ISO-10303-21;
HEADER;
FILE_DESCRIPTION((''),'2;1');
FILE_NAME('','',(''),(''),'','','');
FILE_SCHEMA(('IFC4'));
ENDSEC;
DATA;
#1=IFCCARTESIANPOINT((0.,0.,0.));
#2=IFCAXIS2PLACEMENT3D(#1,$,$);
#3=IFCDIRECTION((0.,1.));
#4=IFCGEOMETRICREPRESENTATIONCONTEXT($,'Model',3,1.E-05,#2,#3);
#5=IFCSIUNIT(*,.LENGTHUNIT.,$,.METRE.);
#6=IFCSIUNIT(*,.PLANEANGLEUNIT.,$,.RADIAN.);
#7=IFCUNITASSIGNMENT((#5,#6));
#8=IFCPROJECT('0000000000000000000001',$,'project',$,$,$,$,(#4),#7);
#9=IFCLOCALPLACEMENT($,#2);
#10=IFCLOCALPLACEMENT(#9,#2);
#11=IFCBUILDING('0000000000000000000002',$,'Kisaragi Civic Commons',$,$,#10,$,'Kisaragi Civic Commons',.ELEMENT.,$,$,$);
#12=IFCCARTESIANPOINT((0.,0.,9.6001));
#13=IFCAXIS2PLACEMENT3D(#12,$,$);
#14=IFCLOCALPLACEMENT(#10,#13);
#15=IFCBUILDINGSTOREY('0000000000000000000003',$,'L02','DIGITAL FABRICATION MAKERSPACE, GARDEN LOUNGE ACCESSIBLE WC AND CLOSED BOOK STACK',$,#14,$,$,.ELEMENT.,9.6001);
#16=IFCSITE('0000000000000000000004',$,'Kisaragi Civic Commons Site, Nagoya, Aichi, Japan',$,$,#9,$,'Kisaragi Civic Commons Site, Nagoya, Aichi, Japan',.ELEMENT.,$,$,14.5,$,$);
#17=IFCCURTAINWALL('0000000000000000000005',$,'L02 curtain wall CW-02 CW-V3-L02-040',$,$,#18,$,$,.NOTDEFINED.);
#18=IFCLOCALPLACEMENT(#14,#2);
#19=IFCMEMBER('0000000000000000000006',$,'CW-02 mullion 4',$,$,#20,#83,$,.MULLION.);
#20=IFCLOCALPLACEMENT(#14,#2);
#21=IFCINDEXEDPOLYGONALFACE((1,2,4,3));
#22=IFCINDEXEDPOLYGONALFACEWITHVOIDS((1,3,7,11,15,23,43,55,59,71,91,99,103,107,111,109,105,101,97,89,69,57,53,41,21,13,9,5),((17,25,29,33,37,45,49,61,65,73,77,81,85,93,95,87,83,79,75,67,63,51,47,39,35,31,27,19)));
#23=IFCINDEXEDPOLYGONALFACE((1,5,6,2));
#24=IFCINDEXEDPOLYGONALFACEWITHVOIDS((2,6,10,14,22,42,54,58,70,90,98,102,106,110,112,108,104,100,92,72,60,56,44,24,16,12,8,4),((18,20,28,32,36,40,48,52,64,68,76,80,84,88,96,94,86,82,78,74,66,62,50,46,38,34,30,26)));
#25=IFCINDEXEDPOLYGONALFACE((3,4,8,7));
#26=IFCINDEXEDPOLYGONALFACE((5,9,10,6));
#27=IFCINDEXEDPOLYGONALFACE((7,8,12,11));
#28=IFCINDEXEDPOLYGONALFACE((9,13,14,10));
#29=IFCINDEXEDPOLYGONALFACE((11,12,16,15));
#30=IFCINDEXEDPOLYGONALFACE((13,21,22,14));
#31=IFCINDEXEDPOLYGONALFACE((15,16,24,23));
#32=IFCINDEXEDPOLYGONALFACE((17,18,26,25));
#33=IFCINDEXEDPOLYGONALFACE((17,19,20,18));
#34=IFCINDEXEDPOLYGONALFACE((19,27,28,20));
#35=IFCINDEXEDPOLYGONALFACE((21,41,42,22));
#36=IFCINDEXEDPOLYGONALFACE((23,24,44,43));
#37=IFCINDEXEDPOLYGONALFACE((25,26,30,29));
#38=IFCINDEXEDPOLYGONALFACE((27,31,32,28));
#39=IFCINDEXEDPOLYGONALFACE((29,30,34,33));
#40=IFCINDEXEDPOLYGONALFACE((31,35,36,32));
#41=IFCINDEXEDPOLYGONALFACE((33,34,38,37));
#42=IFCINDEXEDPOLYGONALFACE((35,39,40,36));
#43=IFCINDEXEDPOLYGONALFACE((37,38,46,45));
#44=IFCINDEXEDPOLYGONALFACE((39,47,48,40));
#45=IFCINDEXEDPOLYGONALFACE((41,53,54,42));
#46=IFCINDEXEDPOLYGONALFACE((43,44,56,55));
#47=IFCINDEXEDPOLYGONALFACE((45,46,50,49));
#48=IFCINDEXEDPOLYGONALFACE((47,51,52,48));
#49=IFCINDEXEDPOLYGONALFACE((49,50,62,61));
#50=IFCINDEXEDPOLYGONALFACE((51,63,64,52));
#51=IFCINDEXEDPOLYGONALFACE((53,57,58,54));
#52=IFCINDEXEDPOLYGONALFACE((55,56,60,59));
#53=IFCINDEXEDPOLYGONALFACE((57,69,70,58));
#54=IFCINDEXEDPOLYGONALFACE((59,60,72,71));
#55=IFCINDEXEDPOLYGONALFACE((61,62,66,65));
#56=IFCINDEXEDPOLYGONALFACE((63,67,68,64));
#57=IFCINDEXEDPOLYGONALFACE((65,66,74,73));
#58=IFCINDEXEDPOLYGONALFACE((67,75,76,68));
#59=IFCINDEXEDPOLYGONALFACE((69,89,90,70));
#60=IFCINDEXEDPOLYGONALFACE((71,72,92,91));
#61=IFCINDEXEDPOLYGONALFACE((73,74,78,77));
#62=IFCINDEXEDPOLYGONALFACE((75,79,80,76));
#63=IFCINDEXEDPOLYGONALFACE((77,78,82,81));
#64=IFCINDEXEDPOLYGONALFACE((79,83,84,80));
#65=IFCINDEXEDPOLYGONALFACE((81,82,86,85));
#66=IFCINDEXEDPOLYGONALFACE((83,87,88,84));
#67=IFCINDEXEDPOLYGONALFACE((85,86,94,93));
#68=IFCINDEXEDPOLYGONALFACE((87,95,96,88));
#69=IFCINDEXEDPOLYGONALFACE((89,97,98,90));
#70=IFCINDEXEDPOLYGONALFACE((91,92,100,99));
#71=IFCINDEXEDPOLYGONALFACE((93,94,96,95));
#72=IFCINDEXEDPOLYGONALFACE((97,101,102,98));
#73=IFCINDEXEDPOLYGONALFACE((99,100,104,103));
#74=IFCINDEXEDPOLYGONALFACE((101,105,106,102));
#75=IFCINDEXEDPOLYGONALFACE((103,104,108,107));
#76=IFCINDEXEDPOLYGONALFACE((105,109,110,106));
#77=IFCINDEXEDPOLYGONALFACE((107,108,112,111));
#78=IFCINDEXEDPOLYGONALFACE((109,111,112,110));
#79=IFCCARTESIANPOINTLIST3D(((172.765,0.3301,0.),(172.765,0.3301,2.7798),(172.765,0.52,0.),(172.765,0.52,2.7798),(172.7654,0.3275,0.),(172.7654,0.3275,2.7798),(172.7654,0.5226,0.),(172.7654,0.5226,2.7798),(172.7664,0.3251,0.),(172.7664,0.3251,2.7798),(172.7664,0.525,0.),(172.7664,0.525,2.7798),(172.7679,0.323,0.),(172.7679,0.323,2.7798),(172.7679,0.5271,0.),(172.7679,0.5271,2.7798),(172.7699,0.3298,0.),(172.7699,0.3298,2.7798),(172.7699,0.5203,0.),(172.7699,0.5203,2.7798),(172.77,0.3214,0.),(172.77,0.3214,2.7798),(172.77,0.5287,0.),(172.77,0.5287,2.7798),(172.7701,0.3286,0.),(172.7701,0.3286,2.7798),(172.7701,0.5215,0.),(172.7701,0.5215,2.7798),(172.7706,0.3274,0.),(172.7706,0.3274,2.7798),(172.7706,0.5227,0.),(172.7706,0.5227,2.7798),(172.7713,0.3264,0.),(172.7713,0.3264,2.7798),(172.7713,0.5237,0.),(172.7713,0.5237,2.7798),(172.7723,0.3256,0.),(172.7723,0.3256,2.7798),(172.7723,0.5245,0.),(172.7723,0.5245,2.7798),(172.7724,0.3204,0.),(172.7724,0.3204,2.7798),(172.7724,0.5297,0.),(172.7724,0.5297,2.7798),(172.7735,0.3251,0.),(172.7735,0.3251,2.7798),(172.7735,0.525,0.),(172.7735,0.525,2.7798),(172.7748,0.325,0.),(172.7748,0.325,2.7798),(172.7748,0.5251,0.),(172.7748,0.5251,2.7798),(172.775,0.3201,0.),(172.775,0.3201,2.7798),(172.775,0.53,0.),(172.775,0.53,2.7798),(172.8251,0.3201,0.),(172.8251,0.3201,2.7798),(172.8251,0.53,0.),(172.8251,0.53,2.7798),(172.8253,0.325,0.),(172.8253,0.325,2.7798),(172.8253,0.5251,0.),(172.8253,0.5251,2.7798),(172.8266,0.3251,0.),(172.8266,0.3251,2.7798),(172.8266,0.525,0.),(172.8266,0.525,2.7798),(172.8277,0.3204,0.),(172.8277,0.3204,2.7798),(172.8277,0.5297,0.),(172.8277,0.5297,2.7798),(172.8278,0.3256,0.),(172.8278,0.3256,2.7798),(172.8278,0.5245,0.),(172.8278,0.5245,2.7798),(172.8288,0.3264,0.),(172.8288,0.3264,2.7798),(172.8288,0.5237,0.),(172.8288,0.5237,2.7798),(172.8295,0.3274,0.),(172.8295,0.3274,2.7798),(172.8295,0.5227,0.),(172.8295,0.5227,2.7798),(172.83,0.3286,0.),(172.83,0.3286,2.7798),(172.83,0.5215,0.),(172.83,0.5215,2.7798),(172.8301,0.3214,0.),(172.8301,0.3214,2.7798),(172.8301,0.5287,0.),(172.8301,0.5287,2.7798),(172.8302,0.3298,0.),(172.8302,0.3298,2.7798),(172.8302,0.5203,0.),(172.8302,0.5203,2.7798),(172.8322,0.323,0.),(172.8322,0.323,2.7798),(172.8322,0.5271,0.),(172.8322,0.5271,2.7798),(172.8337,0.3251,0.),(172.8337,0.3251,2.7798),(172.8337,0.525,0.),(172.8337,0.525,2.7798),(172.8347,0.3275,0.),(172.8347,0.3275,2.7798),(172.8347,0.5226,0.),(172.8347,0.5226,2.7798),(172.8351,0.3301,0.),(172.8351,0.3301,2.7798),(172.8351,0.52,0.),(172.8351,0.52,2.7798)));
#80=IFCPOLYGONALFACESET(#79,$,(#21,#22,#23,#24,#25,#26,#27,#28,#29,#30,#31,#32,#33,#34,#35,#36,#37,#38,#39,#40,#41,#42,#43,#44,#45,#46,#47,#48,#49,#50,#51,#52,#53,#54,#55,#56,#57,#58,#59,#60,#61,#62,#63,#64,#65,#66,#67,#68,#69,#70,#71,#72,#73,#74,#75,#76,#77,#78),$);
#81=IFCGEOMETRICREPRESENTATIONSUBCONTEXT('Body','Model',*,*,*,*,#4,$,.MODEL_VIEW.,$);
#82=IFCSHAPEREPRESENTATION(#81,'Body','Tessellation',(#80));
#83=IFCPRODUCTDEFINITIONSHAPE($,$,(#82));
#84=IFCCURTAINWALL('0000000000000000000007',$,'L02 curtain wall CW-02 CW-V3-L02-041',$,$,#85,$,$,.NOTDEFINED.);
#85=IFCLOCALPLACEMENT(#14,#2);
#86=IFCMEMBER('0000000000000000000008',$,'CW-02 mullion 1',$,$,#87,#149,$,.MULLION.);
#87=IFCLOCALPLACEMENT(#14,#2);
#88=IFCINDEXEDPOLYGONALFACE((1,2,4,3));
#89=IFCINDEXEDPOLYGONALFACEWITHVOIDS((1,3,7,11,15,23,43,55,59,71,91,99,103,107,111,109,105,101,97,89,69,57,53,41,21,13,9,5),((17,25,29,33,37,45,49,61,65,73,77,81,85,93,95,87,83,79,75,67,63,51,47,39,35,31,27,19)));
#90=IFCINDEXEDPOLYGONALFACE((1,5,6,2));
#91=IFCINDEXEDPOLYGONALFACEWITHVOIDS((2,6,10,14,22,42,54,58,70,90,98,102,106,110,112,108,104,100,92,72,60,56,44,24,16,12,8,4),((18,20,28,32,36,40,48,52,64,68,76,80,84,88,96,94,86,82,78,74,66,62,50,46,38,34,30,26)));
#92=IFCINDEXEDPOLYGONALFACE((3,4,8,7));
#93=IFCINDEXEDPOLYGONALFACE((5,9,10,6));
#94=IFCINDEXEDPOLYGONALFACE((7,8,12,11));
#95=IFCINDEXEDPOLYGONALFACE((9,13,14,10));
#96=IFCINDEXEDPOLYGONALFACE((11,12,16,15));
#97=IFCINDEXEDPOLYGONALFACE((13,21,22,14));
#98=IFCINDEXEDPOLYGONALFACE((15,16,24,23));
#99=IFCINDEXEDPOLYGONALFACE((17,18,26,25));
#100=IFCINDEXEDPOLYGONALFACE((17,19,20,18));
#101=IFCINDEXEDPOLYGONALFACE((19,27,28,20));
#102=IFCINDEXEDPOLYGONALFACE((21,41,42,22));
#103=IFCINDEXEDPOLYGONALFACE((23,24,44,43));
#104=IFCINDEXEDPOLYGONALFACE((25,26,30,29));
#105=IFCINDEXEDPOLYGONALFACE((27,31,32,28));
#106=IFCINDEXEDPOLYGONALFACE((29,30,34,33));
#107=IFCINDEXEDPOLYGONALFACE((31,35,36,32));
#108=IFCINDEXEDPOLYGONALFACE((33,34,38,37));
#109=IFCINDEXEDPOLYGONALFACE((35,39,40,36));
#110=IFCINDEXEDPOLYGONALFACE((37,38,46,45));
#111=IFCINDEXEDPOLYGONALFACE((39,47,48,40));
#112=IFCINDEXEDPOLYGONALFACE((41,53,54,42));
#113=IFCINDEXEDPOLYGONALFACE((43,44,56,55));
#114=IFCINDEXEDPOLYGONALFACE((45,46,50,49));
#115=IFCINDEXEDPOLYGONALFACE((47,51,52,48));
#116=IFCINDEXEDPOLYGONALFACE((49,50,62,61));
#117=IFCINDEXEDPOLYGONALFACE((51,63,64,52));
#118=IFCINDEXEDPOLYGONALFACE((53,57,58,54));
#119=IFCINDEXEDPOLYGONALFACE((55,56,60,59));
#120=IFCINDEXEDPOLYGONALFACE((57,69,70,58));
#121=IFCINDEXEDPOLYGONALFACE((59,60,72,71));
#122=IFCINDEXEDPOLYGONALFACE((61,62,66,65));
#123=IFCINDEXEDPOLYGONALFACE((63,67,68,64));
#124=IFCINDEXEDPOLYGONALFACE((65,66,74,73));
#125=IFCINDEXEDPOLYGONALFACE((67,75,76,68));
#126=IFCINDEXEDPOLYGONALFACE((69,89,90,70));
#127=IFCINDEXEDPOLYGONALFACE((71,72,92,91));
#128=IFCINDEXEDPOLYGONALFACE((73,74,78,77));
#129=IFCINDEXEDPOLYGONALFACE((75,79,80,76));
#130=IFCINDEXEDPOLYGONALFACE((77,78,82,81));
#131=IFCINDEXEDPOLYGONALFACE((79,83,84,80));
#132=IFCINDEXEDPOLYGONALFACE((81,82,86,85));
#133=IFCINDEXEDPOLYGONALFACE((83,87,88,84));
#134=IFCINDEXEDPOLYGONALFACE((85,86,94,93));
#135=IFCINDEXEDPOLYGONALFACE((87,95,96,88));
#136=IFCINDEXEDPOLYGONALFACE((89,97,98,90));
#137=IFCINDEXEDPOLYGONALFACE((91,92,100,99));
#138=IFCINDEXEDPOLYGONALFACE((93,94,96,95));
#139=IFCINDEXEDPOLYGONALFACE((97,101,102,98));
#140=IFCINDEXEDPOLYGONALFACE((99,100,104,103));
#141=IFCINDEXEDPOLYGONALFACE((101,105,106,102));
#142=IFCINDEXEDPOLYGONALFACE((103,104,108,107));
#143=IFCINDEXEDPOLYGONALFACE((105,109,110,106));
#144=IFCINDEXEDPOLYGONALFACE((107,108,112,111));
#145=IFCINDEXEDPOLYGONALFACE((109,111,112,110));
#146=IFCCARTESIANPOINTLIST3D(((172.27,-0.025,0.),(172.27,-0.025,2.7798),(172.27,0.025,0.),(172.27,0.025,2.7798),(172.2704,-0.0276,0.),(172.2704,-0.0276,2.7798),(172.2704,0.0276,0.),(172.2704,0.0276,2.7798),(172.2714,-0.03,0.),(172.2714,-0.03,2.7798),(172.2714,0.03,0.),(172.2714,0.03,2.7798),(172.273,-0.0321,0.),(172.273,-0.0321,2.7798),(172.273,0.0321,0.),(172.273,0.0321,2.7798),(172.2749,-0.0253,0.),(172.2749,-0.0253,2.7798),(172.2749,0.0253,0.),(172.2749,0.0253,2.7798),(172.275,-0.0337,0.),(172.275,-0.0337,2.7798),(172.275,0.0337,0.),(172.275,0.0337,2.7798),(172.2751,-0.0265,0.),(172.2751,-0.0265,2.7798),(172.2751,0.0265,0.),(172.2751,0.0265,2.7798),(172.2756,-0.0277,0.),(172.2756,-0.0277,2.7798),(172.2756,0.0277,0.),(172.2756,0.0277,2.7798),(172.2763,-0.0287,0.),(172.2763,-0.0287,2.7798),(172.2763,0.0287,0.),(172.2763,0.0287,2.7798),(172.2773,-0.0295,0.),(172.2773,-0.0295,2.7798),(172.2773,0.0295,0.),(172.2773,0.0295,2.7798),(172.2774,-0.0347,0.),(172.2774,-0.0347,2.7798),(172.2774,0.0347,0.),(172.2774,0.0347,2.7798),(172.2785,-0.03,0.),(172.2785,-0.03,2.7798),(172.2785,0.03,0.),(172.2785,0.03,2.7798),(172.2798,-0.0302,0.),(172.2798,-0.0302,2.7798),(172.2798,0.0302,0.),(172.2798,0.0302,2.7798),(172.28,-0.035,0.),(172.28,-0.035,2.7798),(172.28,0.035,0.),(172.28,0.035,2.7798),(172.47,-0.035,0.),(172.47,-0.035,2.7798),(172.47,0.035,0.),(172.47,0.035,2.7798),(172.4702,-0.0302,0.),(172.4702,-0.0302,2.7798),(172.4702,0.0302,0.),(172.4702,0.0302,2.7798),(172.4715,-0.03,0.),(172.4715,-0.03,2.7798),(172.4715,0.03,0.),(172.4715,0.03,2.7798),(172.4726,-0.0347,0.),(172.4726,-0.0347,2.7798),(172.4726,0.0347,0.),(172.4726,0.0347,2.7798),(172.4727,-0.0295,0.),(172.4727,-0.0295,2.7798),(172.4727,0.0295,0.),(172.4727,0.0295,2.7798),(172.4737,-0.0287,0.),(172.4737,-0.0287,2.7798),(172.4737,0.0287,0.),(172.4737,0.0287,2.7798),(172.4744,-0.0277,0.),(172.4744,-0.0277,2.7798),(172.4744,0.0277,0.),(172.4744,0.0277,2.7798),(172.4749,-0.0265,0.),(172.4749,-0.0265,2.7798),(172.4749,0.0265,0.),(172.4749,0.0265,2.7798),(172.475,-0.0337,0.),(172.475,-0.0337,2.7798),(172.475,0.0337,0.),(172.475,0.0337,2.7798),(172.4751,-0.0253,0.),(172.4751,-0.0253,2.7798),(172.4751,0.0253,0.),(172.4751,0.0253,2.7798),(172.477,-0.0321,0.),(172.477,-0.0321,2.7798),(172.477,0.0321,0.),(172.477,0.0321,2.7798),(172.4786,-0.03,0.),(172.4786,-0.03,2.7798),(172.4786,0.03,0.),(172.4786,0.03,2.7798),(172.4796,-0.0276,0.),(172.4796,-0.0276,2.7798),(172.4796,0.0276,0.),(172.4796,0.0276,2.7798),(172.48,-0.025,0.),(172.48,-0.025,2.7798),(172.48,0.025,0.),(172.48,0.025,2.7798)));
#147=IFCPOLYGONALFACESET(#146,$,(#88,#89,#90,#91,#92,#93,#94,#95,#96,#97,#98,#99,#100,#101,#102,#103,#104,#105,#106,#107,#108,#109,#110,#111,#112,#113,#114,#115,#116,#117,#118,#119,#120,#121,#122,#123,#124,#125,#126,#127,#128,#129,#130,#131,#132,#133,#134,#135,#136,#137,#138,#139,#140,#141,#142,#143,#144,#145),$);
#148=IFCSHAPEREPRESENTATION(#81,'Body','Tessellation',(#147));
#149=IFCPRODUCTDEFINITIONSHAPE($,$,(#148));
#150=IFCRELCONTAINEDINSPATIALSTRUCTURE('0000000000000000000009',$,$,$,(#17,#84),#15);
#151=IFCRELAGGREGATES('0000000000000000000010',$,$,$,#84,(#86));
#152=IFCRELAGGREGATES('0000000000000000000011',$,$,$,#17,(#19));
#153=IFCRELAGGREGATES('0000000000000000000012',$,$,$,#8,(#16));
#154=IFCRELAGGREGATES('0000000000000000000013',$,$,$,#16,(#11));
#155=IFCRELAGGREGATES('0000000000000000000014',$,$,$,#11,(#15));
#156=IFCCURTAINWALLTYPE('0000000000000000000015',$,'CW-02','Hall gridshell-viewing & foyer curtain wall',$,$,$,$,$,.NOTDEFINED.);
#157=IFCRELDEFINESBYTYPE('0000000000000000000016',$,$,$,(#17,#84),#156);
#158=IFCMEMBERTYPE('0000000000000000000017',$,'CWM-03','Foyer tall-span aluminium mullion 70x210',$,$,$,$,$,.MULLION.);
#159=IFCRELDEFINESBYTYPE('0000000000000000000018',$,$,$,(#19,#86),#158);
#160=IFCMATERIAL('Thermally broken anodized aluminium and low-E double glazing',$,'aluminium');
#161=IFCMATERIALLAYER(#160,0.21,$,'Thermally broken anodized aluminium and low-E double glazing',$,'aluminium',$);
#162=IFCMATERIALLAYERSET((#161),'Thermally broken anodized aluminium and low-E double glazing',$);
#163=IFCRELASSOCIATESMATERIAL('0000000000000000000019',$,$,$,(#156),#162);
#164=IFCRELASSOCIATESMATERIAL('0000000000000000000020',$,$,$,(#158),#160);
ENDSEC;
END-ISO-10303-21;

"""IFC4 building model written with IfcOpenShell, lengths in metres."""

from ifc_helpers import new_model, si_unit, direction, frame, origin, origin_2d, place, context, subcontext, project, spatial, hollow_rectangle, extrude, material, layer, layer_set, material_profile, profile_set, type_object, element, aggregate, save


model = new_model("IFC4")

# Units and contexts
model_context = context("Model", 3, precision=1e-05, world=origin(), true_north=direction((0.0, 1.0)))
body_context = subcontext(model_context, "Body", "Model", "MODEL_VIEW")
ifc_project = project(units=[si_unit("LENGTHUNIT", "METRE"), si_unit("PLANEANGLEUNIT", "RADIAN")], contexts=[model_context])

# Site, building, storey
site_placement = place(None, origin())
site = spatial("IfcSite", under=ifc_project, at=site_placement, Name="Kisaragi Civic Commons Site, Nagoya, Aichi, Japan", LongName="Kisaragi Civic Commons Site, Nagoya, Aichi, Japan", CompositionType="ELEMENT", RefElevation=14.5)
building_placement = place(site_placement, origin())
building = spatial("IfcBuilding", under=site, at=building_placement, Name="Kisaragi Civic Commons", LongName="Kisaragi Civic Commons", CompositionType="ELEMENT")
storey_placement = place(building_placement, frame((0.0, 0.0, 9.6001)))
storey = spatial("IfcBuildingStorey", under=building, at=storey_placement, Name="L02", Description="DIGITAL FABRICATION MAKERSPACE, GARDEN LOUNGE ACCESSIBLE WC AND CLOSED BOOK STACK", CompositionType="ELEMENT", Elevation=9.6001)

# Shared definitions
ifc_material_1 = material(Name="Thermally broken anodized aluminium and low-E double glazing", Category="aluminium")
ifc_layer_1 = layer(ifc_material_1, 0.21, Name="Thermally broken anodized aluminium and low-E double glazing", Category="aluminium")
ifc_layer_set_1 = layer_set([ifc_layer_1], Name="Thermally broken anodized aluminium and low-E double glazing")
curtain_wall_type = type_object("IfcCurtainWallType", Name="CW-02", Description="Hall gridshell-viewing & foyer curtain wall", PredefinedType="NOTDEFINED", material=ifc_layer_set_1)
ifc_material_profile_1 = material_profile(ifc_material_1, hollow_rectangle(XDim=0.0701, YDim=0.21, WallThickness=0.0049, InnerFilletRadius=0.0049, OuterFilletRadius=0.01, at=origin_2d()), Name="CWM-70x210x5", Category="aluminium")
ifc_profile_set_1 = profile_set([ifc_material_profile_1], Name="Thermally broken anodized aluminium and low-E double glazing")
member_type_1 = type_object("IfcMemberType", Name="CWM-03", Description="Foyer tall-span aluminium mullion 70x210", PredefinedType="MULLION", material=ifc_profile_set_1)

# Curtain wall, member
curtain_wall_1_placement = place(storey_placement, origin())
curtain_wall_1 = element("IfcCurtainWall", 1, at=curtain_wall_1_placement, inside=storey, type_object=curtain_wall_type, Name="L02 curtain wall CW-02 CW-V3-L02-040", PredefinedType="NOTDEFINED")
member_1_placement = place(storey_placement, frame((172.8, 0.425, 0.0), z_axis=(0.0, 0.0, 1.0), x_axis=(1.0, 0.0, 0.0)))
member_1 = element("IfcMember", 2, at=member_1_placement, type_object=member_type_1, Name="CW-02 mullion 4", PredefinedType="MULLION", context=body_context, shape_type="SweptSolid", body=[
    extrude(hollow_rectangle(XDim=0.0701, YDim=0.21, WallThickness=0.0049, InnerFilletRadius=0.0049, OuterFilletRadius=0.01, at=origin_2d()), origin(), (0.0, 0.0, 1.0), 2.7798),
])

# Curtain wall, member
curtain_wall_2_placement = place(storey_placement, origin())
curtain_wall_2 = element("IfcCurtainWall", 3, at=curtain_wall_2_placement, inside=storey, type_object=curtain_wall_type, Name="L02 curtain wall CW-02 CW-V3-L02-041", PredefinedType="NOTDEFINED")
member_2_placement = place(storey_placement, frame((172.375, 0.0, 0.0), z_axis=(0.0, 0.0, 1.0), x_axis=(0.0, -1.0, 0.0)))
member_2 = element("IfcMember", 4, at=member_2_placement, type_object=member_type_1, Name="CW-02 mullion 1", PredefinedType="MULLION", context=body_context, shape_type="SweptSolid", body=[
    extrude(hollow_rectangle(XDim=0.0701, YDim=0.21, WallThickness=0.0049, InnerFilletRadius=0.0049, OuterFilletRadius=0.01, at=origin_2d()), origin(), (0.0, 0.0, 1.0), 2.7798),
])

aggregate(curtain_wall_2, [member_2])

aggregate(curtain_wall_1, [member_1])

save(model, "model.ifc")
